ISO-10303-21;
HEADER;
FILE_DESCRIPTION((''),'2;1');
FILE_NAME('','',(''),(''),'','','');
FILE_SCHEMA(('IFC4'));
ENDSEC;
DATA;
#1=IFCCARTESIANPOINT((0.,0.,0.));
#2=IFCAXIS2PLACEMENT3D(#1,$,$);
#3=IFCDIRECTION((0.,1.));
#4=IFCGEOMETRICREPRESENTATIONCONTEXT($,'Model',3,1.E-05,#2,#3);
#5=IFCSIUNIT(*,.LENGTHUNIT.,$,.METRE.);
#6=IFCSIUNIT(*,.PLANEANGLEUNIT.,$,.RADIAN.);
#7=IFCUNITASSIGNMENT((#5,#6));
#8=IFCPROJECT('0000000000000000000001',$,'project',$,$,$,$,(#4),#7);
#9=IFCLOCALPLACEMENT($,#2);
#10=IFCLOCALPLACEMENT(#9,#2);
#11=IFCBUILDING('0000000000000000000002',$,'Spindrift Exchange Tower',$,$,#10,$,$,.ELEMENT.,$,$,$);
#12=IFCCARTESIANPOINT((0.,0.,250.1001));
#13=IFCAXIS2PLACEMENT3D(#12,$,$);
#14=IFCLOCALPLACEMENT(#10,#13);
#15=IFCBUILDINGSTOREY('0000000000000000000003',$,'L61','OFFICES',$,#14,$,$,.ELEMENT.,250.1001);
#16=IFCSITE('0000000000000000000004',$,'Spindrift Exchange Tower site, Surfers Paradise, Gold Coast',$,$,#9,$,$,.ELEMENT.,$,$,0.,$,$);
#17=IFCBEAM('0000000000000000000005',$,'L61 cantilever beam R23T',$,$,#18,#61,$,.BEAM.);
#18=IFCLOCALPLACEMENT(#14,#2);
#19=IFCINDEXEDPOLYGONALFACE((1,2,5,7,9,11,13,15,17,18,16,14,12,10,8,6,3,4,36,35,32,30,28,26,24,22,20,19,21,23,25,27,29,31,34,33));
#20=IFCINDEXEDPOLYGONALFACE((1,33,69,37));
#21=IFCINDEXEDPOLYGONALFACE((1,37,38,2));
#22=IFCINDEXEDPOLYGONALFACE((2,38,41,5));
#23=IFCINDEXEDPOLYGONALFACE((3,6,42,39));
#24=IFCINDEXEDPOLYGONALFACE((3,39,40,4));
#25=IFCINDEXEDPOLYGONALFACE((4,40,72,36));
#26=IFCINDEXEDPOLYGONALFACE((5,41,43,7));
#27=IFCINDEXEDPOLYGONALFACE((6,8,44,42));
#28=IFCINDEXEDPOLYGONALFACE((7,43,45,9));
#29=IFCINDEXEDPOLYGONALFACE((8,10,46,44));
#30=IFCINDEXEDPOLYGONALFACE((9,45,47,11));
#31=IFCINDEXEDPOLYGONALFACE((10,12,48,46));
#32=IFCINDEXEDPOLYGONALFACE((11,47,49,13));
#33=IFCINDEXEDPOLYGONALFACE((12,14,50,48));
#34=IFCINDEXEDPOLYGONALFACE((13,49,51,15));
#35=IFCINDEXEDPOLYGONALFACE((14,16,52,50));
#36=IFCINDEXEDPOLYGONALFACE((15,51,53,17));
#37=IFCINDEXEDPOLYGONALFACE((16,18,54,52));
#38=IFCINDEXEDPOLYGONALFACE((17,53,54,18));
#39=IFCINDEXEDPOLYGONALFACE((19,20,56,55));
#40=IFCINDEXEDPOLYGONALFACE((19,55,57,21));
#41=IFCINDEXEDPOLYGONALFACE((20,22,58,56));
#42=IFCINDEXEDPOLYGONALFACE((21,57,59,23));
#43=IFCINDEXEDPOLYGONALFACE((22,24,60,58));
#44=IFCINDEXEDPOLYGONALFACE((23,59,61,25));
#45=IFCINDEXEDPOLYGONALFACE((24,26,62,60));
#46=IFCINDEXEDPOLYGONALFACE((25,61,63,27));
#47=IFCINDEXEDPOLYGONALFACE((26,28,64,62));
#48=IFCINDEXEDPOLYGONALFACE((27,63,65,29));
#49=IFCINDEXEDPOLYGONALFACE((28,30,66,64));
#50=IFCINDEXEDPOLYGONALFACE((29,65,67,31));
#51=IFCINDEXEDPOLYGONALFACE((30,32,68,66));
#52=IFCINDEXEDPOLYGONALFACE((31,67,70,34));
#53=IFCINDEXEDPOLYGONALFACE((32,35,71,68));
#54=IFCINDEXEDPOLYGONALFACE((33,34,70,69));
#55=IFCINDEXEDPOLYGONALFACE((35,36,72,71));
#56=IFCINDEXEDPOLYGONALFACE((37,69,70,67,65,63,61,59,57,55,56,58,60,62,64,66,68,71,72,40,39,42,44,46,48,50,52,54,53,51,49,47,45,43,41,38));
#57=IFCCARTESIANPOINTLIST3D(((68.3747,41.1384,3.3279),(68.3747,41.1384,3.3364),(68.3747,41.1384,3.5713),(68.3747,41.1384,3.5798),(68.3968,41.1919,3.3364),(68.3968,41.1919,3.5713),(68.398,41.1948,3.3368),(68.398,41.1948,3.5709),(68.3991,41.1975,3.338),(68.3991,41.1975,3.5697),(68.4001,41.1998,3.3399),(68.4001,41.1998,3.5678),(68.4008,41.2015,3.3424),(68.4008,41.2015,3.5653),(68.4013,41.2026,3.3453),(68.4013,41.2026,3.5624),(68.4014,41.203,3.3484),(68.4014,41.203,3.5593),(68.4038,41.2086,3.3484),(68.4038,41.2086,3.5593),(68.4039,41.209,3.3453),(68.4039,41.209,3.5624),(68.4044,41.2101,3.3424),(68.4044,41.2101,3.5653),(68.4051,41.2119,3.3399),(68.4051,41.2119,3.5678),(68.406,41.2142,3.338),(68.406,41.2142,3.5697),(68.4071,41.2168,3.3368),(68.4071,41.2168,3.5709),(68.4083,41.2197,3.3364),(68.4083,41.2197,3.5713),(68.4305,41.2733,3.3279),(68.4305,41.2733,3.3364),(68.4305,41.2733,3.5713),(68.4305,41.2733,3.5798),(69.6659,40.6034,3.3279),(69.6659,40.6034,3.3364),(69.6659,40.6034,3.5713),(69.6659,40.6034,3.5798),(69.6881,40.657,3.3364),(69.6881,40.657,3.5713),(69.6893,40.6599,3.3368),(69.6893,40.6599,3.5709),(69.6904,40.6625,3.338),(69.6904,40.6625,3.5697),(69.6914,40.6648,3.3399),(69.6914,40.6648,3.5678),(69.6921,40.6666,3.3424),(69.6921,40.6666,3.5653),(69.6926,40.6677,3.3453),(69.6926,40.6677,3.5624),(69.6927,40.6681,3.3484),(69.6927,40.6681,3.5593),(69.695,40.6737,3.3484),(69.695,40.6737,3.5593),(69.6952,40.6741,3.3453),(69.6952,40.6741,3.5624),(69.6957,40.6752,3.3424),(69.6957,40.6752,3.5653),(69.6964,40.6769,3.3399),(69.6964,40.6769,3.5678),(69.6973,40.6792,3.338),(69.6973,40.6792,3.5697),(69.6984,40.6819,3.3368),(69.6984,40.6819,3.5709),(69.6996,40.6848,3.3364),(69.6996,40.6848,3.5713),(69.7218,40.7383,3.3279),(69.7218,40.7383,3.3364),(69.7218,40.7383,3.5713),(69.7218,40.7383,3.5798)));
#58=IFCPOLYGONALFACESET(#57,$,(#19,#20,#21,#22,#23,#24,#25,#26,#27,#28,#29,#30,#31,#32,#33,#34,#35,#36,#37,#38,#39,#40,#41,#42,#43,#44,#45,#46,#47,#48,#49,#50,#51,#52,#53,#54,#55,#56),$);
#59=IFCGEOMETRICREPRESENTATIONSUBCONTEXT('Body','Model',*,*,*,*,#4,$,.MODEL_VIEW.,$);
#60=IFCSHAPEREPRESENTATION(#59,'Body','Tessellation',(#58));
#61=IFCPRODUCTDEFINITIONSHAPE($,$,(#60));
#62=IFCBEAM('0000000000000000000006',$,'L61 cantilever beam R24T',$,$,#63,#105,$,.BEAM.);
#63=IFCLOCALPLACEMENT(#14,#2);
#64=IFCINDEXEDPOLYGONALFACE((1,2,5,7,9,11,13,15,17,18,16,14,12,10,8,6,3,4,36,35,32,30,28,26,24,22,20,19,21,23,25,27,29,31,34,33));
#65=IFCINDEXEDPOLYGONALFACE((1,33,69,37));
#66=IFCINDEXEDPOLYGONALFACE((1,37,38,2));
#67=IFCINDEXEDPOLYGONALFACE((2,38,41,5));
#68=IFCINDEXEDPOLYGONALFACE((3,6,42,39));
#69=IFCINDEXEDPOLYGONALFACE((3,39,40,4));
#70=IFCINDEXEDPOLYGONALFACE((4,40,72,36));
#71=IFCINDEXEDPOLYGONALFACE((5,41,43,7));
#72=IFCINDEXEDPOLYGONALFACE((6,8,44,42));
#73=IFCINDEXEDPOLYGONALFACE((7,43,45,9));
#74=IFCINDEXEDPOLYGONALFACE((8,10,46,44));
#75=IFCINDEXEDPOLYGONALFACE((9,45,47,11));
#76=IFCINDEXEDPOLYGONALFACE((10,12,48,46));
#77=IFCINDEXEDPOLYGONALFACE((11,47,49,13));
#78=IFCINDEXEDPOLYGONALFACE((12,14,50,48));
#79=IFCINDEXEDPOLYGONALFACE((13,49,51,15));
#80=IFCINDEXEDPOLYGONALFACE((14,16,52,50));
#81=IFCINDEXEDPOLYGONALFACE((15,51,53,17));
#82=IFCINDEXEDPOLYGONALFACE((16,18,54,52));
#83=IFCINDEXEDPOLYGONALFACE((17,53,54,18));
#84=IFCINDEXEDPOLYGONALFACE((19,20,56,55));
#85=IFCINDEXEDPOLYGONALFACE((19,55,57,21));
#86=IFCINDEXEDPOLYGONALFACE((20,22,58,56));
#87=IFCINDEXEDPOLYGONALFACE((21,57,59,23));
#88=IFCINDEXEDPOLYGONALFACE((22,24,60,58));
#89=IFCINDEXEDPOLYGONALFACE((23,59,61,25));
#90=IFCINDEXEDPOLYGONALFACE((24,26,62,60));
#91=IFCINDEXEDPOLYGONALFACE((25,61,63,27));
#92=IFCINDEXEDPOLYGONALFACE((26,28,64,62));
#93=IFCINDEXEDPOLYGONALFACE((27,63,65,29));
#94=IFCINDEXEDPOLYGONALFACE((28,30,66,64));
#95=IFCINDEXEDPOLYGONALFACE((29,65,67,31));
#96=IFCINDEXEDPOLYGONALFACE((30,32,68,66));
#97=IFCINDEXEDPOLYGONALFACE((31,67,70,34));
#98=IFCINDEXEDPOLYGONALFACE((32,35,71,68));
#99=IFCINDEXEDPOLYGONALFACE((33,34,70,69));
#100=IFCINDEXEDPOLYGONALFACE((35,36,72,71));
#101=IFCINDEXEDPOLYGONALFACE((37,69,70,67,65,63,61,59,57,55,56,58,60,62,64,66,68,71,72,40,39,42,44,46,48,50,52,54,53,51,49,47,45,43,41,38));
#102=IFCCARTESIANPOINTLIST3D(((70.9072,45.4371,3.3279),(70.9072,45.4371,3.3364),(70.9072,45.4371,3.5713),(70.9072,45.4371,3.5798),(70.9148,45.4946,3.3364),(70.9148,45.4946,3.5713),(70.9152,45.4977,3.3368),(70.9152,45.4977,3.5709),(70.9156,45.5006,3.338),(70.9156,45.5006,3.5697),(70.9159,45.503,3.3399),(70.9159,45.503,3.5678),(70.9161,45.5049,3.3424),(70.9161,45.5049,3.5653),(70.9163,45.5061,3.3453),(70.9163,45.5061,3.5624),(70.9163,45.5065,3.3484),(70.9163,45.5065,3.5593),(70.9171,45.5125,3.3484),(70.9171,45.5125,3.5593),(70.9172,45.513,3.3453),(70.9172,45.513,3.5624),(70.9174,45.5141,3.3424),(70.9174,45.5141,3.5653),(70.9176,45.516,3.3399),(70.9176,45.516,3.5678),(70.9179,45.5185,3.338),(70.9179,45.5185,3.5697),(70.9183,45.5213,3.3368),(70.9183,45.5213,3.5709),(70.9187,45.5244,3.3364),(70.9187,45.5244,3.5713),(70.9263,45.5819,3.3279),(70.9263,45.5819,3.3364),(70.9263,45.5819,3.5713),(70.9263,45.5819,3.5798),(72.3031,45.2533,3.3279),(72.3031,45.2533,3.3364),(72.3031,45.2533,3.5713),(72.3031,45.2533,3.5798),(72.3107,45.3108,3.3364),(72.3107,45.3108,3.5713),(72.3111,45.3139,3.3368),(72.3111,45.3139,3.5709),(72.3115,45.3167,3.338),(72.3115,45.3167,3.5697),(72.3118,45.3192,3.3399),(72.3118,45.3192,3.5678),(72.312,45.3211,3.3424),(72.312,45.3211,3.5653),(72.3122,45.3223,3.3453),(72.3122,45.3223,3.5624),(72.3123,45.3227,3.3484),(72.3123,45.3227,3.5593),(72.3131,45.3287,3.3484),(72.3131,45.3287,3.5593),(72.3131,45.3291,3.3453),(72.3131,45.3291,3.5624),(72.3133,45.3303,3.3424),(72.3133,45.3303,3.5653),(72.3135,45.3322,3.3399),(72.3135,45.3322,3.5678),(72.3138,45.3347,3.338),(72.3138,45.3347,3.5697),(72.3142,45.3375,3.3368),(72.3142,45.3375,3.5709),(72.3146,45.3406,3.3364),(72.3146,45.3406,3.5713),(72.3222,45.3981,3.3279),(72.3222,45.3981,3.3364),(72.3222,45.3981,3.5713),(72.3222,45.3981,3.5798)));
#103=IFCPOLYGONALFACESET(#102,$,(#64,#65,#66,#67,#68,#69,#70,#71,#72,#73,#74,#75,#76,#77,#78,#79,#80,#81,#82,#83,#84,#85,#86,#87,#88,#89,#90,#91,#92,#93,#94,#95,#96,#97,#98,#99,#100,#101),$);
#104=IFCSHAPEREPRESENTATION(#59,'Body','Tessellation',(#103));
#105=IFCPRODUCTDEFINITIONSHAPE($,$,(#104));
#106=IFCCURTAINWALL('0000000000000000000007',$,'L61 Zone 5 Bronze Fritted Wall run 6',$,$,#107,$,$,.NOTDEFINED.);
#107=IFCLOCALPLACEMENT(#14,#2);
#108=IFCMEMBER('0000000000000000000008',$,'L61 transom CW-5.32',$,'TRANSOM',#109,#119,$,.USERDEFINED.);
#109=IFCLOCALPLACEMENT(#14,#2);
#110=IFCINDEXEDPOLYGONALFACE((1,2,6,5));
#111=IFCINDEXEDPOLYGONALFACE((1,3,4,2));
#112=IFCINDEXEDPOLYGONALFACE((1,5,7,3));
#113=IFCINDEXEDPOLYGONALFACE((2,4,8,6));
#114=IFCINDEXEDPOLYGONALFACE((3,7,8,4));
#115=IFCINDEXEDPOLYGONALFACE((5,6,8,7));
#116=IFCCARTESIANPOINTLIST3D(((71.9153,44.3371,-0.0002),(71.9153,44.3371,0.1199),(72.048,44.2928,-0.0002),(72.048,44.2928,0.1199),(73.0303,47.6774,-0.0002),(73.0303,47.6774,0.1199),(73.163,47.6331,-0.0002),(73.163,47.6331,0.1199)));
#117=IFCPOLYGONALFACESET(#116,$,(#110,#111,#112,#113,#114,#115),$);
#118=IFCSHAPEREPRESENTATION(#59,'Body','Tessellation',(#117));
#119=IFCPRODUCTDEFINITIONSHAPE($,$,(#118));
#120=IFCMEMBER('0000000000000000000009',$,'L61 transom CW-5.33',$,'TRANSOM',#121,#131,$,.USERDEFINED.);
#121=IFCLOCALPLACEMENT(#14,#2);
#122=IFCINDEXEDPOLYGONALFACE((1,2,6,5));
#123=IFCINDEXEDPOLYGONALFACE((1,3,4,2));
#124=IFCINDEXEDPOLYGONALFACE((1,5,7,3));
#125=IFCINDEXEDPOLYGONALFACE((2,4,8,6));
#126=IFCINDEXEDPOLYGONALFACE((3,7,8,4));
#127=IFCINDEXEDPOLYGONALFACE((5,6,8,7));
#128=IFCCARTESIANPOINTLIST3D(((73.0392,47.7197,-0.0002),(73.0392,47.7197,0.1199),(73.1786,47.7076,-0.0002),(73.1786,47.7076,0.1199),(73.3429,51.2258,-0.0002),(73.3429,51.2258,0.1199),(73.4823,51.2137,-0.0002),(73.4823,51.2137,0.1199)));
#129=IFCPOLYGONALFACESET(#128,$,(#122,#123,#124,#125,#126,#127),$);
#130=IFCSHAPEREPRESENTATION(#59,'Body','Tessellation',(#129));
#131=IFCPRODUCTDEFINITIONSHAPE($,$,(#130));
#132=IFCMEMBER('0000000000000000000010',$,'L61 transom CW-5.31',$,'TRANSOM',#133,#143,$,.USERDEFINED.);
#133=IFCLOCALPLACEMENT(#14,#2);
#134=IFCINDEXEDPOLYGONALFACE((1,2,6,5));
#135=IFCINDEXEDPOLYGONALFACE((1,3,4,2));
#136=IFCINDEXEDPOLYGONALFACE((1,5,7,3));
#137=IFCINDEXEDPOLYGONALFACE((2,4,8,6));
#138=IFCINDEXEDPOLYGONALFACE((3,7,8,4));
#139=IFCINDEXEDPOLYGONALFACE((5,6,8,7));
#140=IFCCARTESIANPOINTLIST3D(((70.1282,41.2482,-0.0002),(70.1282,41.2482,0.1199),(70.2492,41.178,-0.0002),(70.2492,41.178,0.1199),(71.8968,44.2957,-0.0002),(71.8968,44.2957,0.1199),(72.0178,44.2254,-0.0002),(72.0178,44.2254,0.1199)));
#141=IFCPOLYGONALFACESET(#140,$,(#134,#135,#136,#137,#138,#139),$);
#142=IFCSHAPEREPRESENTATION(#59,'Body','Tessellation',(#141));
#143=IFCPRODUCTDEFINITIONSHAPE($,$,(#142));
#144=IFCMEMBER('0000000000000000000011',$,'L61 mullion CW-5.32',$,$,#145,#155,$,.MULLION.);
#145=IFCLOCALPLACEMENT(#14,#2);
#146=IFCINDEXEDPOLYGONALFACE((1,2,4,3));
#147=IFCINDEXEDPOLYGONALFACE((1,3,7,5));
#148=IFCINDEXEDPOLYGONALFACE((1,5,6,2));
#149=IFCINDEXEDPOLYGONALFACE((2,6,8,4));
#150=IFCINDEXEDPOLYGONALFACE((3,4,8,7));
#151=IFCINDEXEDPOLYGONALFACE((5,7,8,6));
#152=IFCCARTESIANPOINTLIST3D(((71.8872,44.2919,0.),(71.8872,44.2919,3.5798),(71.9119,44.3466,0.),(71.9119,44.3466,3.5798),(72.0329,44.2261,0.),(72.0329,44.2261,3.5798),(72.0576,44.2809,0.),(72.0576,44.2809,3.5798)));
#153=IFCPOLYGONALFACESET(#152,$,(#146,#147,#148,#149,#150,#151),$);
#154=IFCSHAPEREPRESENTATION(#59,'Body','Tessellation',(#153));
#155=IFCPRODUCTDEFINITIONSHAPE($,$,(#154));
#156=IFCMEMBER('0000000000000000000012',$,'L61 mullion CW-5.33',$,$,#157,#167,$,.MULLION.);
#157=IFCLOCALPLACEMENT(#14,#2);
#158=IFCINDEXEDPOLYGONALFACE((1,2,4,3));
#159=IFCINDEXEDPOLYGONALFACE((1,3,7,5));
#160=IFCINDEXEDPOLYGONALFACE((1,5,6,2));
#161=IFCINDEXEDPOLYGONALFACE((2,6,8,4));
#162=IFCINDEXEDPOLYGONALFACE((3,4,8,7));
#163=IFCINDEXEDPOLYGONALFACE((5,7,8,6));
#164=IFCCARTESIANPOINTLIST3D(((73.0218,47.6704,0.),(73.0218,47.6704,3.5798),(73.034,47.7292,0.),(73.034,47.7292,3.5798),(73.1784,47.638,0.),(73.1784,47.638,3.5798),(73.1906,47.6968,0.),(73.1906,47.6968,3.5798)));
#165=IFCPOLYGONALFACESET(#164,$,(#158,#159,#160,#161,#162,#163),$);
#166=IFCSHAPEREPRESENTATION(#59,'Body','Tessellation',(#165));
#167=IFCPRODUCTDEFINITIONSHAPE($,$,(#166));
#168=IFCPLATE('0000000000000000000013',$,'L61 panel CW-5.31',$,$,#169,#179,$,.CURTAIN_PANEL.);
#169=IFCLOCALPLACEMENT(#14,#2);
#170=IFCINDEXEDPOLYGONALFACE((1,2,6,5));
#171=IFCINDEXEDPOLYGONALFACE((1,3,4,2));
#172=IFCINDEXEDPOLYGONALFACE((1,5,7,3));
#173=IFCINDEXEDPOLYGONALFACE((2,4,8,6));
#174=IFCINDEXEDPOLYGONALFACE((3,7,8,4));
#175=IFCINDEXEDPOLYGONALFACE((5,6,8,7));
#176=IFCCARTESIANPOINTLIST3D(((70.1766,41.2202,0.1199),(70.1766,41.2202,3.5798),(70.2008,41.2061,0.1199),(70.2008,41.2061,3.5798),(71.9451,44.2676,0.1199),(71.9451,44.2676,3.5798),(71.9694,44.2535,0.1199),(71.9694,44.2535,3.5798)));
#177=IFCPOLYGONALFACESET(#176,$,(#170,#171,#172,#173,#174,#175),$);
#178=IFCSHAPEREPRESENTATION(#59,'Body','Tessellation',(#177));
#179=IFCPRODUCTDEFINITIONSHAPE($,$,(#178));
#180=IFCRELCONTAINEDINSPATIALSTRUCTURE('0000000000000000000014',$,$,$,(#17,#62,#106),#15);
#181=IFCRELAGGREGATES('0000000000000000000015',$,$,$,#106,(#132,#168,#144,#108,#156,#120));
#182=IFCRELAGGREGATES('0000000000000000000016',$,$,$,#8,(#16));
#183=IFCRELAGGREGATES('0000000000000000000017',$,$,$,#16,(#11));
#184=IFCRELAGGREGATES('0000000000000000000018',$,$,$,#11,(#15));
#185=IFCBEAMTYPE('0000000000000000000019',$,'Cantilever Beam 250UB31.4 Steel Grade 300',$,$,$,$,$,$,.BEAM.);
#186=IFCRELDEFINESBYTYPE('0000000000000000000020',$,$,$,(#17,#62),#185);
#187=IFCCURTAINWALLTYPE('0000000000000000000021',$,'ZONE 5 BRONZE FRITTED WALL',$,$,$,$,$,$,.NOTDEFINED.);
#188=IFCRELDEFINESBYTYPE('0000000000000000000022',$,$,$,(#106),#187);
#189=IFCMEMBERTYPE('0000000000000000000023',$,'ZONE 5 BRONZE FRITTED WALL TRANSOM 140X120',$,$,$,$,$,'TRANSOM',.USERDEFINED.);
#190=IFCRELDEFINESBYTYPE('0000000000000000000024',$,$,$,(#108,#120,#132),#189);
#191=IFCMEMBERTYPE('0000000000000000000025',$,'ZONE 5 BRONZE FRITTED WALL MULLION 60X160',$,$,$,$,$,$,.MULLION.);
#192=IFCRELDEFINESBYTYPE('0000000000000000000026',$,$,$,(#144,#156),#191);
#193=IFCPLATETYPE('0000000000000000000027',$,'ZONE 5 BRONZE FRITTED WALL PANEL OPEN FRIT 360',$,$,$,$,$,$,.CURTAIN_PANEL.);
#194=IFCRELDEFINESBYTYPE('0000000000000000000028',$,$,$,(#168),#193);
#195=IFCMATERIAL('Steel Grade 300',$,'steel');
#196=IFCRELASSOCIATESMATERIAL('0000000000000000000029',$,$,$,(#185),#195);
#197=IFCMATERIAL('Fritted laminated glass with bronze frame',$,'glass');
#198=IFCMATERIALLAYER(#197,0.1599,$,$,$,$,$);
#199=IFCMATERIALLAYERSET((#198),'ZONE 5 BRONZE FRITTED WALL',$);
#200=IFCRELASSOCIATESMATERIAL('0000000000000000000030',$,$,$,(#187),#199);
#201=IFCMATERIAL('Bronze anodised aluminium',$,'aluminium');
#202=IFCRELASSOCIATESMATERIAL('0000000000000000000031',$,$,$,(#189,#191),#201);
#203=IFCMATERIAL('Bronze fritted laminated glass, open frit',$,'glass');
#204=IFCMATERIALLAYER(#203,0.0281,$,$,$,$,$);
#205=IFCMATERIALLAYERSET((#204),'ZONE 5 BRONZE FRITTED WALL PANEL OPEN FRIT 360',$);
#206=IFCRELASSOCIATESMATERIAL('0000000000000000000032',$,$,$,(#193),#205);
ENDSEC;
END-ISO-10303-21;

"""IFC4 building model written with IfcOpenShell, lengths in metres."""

from ifc_helpers import new_model, si_unit, direction, frame, origin, origin_2d, place, context, subcontext, project, spatial, rectangle, i_section, extrude, source, transform, mapped, material, layer, layer_set, material_profile, profile_set, type_object, element, aggregate, save


model = new_model("IFC4")

# Units and contexts
model_context = context("Model", 3, precision=1e-05, world=origin(), true_north=direction((0.0, 1.0)))
body_context = subcontext(model_context, "Body", "Model", "MODEL_VIEW")
ifc_project = project(units=[si_unit("LENGTHUNIT", "METRE"), si_unit("PLANEANGLEUNIT", "RADIAN")], contexts=[model_context])

# Site, building, storey
site_placement = place(None, origin())
site = spatial("IfcSite", under=ifc_project, at=site_placement, Name="Spindrift Exchange Tower site, Surfers Paradise, Gold Coast", CompositionType="ELEMENT", RefElevation=0.0)
building_placement = place(site_placement, origin())
building = spatial("IfcBuilding", under=site, at=building_placement, Name="Spindrift Exchange Tower", CompositionType="ELEMENT")
storey_placement = place(building_placement, frame((0.0, 0.0, 250.1001)))
storey = spatial("IfcBuildingStorey", under=building, at=storey_placement, Name="L61", Description="OFFICES", CompositionType="ELEMENT", Elevation=250.1001)

# Beams
ifc_material_1 = material(Name="Steel Grade 300", Category="steel")
ifc_material_profile_1 = material_profile(ifc_material_1, i_section(OverallWidth=0.146, OverallDepth=0.252, WebThickness=0.0061, FlangeThickness=0.0085, FilletRadius=0.012, at=origin_2d()), Name="250UB31.4")
ifc_profile_set_1 = profile_set([ifc_material_profile_1], Name="Steel Grade 300")
beam_type_1 = type_object("IfcBeamType", Name="Cantilever Beam 250UB31.4 Steel Grade 300", PredefinedType="BEAM", material=ifc_profile_set_1)
shared_shape_1 = source(origin(), body_context, "Body", "SweptSolid", [
    extrude(i_section(OverallWidth=0.146, OverallDepth=0.252, WebThickness=0.0061, FlangeThickness=0.0085, FilletRadius=0.012, at=origin_2d()), origin(), (0.0, 0.0, 1.0), 1.3977),
])
beam_1_placement = place(storey_placement, frame((68.4026, 41.2058, 3.4539), z_axis=(0.923866, -0.382717, 0.0), x_axis=(0.382717, 0.923866, 0.0)))
element("IfcBeam", 1, at=beam_1_placement, inside=storey, type_object=beam_type_1, Name="L61 cantilever beam R23T", PredefinedType="BEAM", context=body_context, shape_type="MappedRepresentation", body=[
    mapped(shared_shape_1, transform((0.0, 0.0, 0.0), scale=1.0)),
])
shared_shape_2 = source(origin(), body_context, "Body", "SweptSolid", [
    extrude(i_section(OverallWidth=0.146, OverallDepth=0.252, WebThickness=0.0061, FlangeThickness=0.0085, FilletRadius=0.012, at=origin_2d()), origin(), (0.0, 0.0, 1.0), 1.408),
])
beam_2_placement = place(storey_placement, frame((70.9167, 45.5095, 3.4539), z_axis=(0.99144, -0.130562, 0.0), x_axis=(0.130562, 0.99144, 0.0)))
element("IfcBeam", 2, at=beam_2_placement, inside=storey, type_object=beam_type_1, Name="L61 cantilever beam R24T", PredefinedType="BEAM", context=body_context, shape_type="MappedRepresentation", body=[
    mapped(shared_shape_2, transform((0.0, 0.0, 0.0), scale=1.0)),
])

# Curtain wall, members, plate
ifc_material_2 = material(Name="Fritted laminated glass with bronze frame", Category="glass")
ifc_layer_1 = layer(ifc_material_2, 0.1599)
ifc_layer_set_1 = layer_set([ifc_layer_1], Name="ZONE 5 BRONZE FRITTED WALL")
curtain_wall_type = type_object("IfcCurtainWallType", Name="ZONE 5 BRONZE FRITTED WALL", PredefinedType="NOTDEFINED", material=ifc_layer_set_1)
curtain_wall_placement = place(storey_placement, origin())
curtain_wall = element("IfcCurtainWall", 3, at=curtain_wall_placement, inside=storey, type_object=curtain_wall_type, Name="L61 Zone 5 Bronze Fritted Wall run 6", PredefinedType="NOTDEFINED")
ifc_material_3 = material(Name="Bronze anodised aluminium", Category="aluminium")
ifc_material_profile_2 = material_profile(ifc_material_3, rectangle(XDim=0.1399, YDim=0.1201, at=origin_2d()), Name="ZONE 5 BRONZE FRITTED WALL TRANSOM 140X120")
ifc_profile_set_2 = profile_set([ifc_material_profile_2], Name="Bronze anodised aluminium")
member_type_1 = type_object("IfcMemberType", Name="ZONE 5 BRONZE FRITTED WALL TRANSOM 140X120", ElementType="TRANSOM", PredefinedType="USERDEFINED", material=ifc_profile_set_2)
shared_shape_3 = source(origin(), body_context, "Body", "SweptSolid", [
    extrude(rectangle(XDim=0.1399, YDim=0.1201, at=origin_2d()), origin(), (0.0, 0.0, 1.0), 3.5215),
])
member_1_placement = place(storey_placement, frame((71.9817, 44.3149, 0.0598), z_axis=(0.316623, 0.948551, 0.0), x_axis=(-0.948551, 0.316623, 0.0)))
member_1 = element("IfcMember", 4, at=member_1_placement, type_object=member_type_1, Name="L61 transom CW-5.32", ObjectType="TRANSOM", PredefinedType="USERDEFINED", context=body_context, shape_type="MappedRepresentation", body=[
    mapped(shared_shape_3, transform((0.0, 0.0, 0.0), scale=1.0)),
])
shared_shape_4 = source(origin(), body_context, "Body", "SweptSolid", [
    extrude(rectangle(XDim=0.1399, YDim=0.1201, at=origin_2d()), origin(), (0.0, 0.0, 1.0), 3.5193),
])
member_2_placement = place(storey_placement, frame((73.1089, 47.7136, 0.0598), z_axis=(0.0863, 0.996269, 0.0), x_axis=(-0.996269, 0.0863, 0.0)))
member_2 = element("IfcMember", 5, at=member_2_placement, type_object=member_type_1, Name="L61 transom CW-5.33", ObjectType="TRANSOM", PredefinedType="USERDEFINED", context=body_context, shape_type="MappedRepresentation", body=[
    mapped(shared_shape_4, transform((0.0, 0.0, 0.0), scale=1.0)),
])
shared_shape_5 = source(origin(), body_context, "Body", "SweptSolid", [
    extrude(rectangle(XDim=0.1399, YDim=0.1201, at=origin_2d()), origin(), (0.0, 0.0, 1.0), 3.5234),
])
member_3_placement = place(storey_placement, frame((70.1887, 41.2131, 0.0598), z_axis=(0.501948, 0.864898, 0.0), x_axis=(-0.864898, 0.501948, 0.0)))
member_3 = element("IfcMember", 6, at=member_3_placement, type_object=member_type_1, Name="L61 transom CW-5.31", ObjectType="TRANSOM", PredefinedType="USERDEFINED", context=body_context, shape_type="MappedRepresentation", body=[
    mapped(shared_shape_5, transform((0.0, 0.0, 0.0), scale=1.0)),
])
ifc_material_profile_3 = material_profile(ifc_material_3, rectangle(XDim=0.0601, YDim=0.1599, at=origin_2d()), Name="ZONE 5 BRONZE FRITTED WALL MULLION 60X160")
ifc_profile_set_3 = profile_set([ifc_material_profile_3], Name="Bronze anodised aluminium")
member_type_2 = type_object("IfcMemberType", Name="ZONE 5 BRONZE FRITTED WALL MULLION 60X160", PredefinedType="MULLION", material=ifc_profile_set_3)
shared_shape_6 = source(origin(), body_context, "Body", "SweptSolid", [
    extrude(rectangle(XDim=0.0601, YDim=0.1599, at=origin_2d()), origin(), (0.0, 0.0, 1.0), 3.5798),
])
member_4_placement = place(storey_placement, frame((71.9724, 44.2864, 0.0), z_axis=(0.0, 0.0, 1.0), x_axis=(0.411405, 0.911453, 0.0)))
member_4 = element("IfcMember", 7, at=member_4_placement, type_object=member_type_2, Name="L61 mullion CW-5.32", PredefinedType="MULLION", context=body_context, shape_type="MappedRepresentation", body=[
    mapped(shared_shape_6, transform((0.0, 0.0, 0.0), scale=1.0)),
])
member_5_placement = place(storey_placement, frame((73.1062, 47.6836, 0.0), z_axis=(0.0, 0.0, 1.0), x_axis=(0.202884, 0.979203, 0.0)))
member_5 = element("IfcMember", 8, at=member_5_placement, type_object=member_type_2, Name="L61 mullion CW-5.33", PredefinedType="MULLION", context=body_context, shape_type="MappedRepresentation", body=[
    mapped(shared_shape_6, transform((0.0, 0.0, 0.0), scale=1.0)),
])
ifc_material_4 = material(Name="Bronze fritted laminated glass, open frit", Category="glass")
ifc_layer_2 = layer(ifc_material_4, 0.0281)
ifc_layer_set_2 = layer_set([ifc_layer_2], Name="ZONE 5 BRONZE FRITTED WALL PANEL OPEN FRIT 360")
plate_type_1 = type_object("IfcPlateType", Name="ZONE 5 BRONZE FRITTED WALL PANEL OPEN FRIT 360", PredefinedType="CURTAIN_PANEL", material=ifc_layer_set_2)
shared_shape_7 = source(origin(), body_context, "Body", "SweptSolid", [
    extrude(rectangle(XDim=3.5234, YDim=0.0281, at=origin_2d()), origin(), (0.0, 0.0, 1.0), 3.46),
])
plate_1_placement = place(storey_placement, frame((71.073, 42.7368, 0.1199), z_axis=(0.0, 0.0, 1.0), x_axis=(0.501949, 0.864897, 0.0)))
plate_1 = element("IfcPlate", 9, at=plate_1_placement, type_object=plate_type_1, Name="L61 panel CW-5.31", PredefinedType="CURTAIN_PANEL", context=body_context, shape_type="MappedRepresentation", body=[
    mapped(shared_shape_7, transform((0.0, 0.0, 0.0), scale=1.0)),
])
aggregate(curtain_wall, [member_3, plate_1, member_4, member_1, member_5, member_2])

save(model, "model.ifc")
